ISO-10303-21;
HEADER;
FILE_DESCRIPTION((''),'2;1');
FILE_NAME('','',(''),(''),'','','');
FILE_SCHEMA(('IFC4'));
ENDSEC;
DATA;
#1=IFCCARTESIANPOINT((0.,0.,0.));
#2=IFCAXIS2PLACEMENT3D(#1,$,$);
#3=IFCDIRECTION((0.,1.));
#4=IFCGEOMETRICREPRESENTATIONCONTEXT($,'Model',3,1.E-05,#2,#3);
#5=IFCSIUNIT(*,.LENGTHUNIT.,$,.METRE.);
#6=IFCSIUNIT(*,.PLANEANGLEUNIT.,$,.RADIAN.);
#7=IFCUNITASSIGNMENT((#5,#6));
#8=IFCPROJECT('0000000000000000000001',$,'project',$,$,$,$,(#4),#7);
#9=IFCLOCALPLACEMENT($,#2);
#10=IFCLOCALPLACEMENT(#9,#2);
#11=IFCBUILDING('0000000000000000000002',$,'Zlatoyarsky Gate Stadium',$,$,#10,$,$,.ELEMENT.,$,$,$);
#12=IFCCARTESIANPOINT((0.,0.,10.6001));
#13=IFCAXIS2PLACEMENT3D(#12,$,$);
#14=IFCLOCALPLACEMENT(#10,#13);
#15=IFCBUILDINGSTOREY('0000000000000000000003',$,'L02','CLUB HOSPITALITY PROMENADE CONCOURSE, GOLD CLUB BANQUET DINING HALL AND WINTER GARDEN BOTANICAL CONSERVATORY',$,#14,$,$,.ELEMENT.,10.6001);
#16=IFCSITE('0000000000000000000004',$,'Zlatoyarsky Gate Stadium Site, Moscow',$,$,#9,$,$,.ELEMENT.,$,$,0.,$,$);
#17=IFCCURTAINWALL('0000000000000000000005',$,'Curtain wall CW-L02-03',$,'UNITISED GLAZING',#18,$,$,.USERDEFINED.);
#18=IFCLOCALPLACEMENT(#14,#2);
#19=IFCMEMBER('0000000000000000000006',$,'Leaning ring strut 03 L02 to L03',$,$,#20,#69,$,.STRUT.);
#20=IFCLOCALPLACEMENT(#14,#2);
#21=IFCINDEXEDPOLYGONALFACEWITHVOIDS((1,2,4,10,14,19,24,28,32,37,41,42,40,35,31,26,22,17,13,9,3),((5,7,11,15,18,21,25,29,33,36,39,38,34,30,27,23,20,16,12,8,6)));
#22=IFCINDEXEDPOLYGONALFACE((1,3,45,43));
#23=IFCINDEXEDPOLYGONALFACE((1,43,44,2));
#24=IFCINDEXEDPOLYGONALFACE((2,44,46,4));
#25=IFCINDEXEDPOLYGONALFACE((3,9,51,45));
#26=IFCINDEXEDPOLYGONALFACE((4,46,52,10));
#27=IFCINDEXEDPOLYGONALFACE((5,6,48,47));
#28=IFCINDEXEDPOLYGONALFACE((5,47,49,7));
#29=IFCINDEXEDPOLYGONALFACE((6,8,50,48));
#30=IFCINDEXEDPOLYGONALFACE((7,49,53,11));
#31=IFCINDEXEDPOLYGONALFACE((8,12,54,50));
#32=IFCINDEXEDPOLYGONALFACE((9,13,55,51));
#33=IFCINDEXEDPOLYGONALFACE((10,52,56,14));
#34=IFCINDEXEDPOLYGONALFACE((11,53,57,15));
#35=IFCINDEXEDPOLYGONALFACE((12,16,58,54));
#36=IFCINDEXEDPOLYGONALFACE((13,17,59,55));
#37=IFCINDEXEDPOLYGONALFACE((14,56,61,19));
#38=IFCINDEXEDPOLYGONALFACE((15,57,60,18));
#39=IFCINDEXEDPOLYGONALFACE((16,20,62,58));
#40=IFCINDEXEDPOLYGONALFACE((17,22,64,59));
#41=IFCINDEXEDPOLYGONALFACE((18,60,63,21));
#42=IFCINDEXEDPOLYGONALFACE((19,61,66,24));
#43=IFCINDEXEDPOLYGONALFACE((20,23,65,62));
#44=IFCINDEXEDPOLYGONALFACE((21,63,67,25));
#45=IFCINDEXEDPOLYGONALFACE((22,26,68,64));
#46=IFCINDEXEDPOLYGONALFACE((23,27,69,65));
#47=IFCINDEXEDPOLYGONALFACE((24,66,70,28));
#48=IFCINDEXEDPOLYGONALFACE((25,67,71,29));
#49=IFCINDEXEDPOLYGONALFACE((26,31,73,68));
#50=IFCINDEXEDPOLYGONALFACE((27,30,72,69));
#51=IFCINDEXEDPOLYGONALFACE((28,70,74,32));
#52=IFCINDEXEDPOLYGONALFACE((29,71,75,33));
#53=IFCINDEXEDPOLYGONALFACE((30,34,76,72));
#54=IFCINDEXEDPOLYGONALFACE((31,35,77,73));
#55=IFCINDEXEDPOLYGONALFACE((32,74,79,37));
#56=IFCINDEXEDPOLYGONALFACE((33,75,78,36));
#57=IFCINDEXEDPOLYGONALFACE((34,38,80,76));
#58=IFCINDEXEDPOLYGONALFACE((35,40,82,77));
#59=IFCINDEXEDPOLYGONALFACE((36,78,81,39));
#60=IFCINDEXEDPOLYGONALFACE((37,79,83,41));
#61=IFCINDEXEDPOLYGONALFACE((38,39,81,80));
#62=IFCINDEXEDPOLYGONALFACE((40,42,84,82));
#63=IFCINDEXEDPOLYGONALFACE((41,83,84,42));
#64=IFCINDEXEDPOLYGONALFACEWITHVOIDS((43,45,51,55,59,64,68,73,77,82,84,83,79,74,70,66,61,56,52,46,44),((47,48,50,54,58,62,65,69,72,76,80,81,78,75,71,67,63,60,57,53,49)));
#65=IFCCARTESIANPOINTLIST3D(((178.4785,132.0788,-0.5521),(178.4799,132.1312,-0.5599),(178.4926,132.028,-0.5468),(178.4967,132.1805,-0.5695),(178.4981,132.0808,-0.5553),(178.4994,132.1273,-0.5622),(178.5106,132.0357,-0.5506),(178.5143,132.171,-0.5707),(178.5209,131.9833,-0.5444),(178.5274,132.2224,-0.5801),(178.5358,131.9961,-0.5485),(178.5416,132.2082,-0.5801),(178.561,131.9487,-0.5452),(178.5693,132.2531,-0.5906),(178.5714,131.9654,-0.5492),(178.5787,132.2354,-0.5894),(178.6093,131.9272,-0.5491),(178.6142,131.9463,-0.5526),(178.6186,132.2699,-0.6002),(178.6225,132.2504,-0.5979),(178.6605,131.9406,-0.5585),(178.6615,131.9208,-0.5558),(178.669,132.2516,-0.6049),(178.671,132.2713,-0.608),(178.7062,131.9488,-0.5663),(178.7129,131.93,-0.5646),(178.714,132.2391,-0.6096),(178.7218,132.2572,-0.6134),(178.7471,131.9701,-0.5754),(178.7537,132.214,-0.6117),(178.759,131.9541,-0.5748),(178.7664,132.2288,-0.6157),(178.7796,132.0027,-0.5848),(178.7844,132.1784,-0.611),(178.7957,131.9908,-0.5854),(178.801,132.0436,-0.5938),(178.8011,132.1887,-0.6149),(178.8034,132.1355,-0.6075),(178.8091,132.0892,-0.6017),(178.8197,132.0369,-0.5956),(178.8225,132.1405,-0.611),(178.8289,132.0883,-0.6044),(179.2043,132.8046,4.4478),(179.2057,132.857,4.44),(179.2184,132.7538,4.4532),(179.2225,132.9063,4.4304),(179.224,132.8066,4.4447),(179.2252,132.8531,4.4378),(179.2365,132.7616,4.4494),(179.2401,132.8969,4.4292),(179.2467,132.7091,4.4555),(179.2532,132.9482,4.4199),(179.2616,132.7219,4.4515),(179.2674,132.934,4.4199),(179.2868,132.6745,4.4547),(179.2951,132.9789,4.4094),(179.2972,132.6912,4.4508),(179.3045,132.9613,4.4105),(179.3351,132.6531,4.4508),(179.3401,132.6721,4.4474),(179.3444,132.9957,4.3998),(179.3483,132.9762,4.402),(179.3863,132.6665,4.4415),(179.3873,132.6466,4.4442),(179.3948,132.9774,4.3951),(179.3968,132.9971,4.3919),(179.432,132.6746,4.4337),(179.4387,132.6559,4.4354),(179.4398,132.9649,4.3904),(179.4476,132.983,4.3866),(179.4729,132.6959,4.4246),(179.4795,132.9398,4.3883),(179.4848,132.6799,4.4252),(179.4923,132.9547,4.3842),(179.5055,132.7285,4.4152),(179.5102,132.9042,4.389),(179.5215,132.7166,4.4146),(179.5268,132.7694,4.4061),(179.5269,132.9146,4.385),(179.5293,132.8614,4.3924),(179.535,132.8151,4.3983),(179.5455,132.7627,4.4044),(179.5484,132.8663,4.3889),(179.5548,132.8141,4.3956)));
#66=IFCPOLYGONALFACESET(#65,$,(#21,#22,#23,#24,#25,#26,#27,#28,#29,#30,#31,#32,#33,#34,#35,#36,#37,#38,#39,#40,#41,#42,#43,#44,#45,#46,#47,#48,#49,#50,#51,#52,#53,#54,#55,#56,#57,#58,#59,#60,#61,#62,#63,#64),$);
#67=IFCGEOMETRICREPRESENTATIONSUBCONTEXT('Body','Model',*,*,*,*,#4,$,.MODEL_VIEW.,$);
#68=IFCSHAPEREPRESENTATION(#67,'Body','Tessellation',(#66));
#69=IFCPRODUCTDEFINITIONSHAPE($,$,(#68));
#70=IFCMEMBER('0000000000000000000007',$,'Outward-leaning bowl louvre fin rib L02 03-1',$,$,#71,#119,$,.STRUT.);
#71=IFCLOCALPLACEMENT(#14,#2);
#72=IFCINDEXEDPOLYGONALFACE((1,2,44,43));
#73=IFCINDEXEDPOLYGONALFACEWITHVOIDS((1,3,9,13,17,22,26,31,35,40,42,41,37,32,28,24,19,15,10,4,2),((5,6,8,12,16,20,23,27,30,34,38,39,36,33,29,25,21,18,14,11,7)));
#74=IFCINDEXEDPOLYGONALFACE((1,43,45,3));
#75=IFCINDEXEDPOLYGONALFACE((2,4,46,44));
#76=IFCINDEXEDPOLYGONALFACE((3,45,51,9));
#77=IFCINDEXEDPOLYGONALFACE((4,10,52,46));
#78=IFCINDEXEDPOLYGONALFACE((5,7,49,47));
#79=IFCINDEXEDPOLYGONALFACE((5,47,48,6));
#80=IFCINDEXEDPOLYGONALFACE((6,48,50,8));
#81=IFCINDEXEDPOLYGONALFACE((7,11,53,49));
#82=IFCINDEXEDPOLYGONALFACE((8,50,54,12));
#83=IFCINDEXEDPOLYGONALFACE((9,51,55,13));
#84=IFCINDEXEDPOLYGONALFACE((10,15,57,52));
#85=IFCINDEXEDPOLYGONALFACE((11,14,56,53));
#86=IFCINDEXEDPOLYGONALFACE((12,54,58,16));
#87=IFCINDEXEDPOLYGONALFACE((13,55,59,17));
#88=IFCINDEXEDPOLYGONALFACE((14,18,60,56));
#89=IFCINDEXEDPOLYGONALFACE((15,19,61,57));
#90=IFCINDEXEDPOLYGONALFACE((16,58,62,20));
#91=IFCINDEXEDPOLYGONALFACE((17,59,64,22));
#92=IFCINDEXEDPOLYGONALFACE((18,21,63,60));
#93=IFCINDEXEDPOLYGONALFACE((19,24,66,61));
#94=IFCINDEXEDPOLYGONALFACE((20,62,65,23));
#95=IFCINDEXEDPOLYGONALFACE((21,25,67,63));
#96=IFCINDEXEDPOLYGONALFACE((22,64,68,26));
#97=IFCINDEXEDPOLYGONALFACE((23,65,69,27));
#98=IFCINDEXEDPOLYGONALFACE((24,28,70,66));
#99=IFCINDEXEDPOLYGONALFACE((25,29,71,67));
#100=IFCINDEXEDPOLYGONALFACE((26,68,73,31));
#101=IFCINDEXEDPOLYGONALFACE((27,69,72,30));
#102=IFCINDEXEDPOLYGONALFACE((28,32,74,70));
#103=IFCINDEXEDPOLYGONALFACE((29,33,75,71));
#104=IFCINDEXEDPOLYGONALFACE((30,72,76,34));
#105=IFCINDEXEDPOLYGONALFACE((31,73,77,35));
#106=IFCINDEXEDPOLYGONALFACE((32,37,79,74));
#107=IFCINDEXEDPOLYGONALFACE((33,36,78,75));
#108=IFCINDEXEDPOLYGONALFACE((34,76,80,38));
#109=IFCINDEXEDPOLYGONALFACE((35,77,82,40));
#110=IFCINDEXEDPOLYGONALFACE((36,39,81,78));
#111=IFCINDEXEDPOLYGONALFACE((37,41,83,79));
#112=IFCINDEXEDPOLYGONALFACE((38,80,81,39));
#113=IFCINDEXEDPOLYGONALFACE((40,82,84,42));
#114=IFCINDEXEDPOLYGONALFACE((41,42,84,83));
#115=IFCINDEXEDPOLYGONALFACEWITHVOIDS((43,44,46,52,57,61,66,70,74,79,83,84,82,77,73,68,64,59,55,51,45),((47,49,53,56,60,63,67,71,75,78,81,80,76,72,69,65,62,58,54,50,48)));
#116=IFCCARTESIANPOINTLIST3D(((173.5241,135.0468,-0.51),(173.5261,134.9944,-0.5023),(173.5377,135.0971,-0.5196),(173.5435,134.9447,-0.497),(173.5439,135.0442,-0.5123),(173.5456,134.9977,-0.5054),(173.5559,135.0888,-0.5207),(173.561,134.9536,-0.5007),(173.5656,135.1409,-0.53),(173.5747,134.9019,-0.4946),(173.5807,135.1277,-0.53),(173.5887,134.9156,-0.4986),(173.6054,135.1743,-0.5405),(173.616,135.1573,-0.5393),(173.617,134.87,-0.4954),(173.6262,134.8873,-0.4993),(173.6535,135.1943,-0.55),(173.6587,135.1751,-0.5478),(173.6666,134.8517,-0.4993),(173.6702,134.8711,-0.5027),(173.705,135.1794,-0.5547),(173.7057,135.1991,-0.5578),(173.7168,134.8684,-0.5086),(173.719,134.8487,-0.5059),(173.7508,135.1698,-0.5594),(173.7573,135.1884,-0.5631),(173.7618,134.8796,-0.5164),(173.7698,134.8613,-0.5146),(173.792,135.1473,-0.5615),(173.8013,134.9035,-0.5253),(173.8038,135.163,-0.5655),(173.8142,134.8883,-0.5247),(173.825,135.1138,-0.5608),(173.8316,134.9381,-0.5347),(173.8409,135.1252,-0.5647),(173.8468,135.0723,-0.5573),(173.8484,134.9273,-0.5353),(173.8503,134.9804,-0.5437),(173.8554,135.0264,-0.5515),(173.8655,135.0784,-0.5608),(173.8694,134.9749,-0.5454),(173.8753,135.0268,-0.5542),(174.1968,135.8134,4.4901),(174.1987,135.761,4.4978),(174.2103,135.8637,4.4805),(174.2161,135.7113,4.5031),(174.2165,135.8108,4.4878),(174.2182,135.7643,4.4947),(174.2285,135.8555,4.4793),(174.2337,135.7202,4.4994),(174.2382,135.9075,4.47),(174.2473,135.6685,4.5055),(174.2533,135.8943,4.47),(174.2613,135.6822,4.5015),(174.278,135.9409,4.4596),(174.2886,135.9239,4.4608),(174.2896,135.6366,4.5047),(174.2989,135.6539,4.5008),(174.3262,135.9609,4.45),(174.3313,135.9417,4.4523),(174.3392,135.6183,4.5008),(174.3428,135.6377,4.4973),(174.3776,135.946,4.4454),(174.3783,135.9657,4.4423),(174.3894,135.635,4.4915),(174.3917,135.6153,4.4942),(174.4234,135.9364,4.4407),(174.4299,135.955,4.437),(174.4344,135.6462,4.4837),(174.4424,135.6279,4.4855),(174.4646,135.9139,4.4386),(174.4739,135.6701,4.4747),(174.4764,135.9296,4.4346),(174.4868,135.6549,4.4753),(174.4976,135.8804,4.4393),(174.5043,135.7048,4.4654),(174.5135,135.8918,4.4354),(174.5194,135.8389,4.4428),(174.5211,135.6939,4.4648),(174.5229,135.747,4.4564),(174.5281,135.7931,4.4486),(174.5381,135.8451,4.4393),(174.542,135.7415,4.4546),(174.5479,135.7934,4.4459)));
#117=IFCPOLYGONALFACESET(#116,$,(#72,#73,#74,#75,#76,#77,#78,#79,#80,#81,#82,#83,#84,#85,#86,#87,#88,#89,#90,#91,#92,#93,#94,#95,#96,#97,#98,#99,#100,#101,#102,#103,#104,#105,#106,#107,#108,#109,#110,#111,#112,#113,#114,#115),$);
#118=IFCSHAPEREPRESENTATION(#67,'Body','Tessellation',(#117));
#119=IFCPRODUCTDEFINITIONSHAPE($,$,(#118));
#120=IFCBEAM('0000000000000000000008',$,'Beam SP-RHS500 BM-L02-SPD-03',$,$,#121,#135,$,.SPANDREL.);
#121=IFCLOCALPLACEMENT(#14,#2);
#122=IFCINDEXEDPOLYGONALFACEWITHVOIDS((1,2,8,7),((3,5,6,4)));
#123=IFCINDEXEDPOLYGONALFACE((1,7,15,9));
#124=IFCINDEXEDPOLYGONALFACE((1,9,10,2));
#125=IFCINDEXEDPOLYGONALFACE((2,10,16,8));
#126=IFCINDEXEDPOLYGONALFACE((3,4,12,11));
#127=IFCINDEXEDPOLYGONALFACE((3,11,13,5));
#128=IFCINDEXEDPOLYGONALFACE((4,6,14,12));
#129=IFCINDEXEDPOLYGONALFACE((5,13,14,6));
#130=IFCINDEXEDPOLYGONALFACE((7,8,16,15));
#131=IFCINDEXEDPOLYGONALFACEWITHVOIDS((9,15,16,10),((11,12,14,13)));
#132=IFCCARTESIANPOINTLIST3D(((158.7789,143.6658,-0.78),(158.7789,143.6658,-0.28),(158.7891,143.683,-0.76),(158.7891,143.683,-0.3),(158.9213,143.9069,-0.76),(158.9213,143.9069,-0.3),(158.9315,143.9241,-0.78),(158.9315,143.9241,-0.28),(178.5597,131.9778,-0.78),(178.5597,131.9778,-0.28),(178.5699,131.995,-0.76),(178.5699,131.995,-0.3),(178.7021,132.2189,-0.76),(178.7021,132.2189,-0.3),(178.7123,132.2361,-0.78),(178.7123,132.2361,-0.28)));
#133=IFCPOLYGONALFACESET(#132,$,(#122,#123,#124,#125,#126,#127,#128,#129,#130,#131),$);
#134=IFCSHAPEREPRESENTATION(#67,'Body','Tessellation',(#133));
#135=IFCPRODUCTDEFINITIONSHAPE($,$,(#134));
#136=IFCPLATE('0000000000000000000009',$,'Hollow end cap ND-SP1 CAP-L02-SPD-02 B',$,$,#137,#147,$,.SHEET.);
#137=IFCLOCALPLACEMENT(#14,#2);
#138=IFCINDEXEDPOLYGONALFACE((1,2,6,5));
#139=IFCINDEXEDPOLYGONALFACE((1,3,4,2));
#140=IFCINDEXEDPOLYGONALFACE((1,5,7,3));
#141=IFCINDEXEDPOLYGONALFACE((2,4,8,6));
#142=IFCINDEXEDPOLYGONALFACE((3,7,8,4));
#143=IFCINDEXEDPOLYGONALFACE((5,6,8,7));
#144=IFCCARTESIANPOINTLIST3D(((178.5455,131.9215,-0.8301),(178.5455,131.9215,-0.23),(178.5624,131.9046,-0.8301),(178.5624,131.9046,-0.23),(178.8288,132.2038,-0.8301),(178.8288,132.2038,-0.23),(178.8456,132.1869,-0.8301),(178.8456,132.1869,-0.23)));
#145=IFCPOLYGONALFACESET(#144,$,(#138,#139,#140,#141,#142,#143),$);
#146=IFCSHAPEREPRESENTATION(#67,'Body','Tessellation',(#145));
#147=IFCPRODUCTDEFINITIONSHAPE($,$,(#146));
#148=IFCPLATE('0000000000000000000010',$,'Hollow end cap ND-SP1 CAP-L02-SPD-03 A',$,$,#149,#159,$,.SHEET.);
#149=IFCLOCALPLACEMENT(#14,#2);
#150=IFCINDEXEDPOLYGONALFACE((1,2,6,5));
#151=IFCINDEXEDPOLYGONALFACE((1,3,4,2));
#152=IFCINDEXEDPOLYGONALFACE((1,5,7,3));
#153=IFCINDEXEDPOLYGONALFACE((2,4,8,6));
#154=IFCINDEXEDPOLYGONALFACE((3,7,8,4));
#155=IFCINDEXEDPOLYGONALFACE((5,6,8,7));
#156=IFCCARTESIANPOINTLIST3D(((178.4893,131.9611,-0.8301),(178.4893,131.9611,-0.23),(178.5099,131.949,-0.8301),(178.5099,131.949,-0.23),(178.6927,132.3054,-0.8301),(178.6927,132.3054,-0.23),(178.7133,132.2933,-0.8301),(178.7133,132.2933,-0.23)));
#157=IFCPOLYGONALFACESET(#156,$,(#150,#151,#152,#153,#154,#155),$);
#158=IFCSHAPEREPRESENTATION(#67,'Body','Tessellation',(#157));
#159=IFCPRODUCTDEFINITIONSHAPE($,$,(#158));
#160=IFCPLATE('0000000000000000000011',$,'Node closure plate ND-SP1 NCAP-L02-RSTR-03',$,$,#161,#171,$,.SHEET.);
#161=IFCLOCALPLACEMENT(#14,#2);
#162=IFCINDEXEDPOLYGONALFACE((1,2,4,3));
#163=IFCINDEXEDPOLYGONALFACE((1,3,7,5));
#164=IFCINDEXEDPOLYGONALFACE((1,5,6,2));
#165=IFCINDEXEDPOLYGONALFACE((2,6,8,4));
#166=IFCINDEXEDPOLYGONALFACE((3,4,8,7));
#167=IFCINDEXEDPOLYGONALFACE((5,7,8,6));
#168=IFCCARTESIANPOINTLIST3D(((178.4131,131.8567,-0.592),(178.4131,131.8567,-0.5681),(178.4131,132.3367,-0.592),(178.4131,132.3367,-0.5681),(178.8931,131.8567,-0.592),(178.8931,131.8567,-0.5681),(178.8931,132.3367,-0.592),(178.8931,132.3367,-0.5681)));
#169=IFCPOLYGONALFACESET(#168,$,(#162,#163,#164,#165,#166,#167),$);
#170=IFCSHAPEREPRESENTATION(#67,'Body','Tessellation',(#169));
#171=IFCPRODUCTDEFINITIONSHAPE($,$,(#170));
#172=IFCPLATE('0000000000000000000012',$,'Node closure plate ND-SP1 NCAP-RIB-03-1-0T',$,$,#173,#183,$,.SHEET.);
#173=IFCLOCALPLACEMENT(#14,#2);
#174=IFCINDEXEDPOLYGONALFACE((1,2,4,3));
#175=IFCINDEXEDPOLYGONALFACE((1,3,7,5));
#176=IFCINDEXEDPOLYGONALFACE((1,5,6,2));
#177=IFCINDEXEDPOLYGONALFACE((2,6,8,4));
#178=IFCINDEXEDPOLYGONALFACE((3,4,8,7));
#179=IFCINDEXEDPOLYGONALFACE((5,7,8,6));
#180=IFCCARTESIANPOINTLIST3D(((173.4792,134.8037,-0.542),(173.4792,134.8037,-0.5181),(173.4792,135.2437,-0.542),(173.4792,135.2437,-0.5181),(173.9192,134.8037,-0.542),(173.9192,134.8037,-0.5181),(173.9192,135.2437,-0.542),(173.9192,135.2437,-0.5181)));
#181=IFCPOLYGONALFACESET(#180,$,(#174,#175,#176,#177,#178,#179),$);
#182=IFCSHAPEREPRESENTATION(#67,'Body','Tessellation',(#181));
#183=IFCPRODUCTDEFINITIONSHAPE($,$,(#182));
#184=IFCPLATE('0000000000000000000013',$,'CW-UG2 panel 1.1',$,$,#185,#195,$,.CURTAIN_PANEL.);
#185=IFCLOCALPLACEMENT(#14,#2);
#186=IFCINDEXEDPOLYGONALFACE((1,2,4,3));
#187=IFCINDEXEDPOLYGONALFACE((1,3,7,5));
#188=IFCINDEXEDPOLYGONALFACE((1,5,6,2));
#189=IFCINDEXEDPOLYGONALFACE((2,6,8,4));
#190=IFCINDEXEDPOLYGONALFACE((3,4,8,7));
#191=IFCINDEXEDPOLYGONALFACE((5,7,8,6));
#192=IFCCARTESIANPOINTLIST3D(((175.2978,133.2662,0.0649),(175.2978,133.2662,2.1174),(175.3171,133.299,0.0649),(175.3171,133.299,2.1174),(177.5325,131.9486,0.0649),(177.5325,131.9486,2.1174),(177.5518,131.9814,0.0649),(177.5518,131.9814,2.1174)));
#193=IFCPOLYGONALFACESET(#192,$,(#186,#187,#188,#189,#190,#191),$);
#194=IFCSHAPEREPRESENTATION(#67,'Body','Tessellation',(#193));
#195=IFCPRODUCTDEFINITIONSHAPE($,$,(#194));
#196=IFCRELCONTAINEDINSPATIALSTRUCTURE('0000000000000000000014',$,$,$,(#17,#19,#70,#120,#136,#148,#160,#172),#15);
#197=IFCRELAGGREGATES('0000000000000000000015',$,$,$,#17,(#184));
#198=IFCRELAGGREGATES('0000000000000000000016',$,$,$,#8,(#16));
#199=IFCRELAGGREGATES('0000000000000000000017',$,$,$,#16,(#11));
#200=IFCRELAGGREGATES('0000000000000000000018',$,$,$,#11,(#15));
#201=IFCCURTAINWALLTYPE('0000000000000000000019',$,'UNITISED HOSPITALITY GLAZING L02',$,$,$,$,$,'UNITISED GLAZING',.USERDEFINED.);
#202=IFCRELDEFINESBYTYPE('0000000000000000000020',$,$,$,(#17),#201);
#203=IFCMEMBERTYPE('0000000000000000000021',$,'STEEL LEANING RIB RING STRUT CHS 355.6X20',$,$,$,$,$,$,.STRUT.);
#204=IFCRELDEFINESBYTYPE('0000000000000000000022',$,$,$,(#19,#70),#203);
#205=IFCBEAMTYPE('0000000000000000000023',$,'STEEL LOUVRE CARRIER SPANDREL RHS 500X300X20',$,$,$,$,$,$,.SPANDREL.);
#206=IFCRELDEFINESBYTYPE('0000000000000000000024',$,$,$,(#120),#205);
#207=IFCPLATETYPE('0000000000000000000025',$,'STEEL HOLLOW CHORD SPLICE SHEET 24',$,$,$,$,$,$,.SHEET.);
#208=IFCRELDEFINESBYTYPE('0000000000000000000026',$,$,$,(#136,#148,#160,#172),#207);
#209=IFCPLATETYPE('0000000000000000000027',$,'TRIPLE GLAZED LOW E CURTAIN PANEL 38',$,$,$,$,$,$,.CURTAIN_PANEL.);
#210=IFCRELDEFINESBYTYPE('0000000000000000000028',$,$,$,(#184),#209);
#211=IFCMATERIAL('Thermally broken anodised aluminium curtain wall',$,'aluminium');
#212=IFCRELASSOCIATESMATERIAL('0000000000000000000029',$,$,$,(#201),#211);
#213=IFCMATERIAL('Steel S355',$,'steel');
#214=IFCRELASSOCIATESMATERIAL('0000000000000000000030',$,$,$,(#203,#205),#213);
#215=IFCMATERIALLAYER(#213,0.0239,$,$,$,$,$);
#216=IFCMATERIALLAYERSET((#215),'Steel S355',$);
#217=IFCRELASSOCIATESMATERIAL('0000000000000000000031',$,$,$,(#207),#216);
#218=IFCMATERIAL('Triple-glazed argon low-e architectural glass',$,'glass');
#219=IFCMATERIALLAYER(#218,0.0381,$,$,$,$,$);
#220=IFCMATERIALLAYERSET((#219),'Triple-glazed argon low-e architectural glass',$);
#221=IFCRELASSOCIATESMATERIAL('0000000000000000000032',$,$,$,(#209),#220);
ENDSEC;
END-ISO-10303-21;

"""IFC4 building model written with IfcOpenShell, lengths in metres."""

from ifc_helpers import new_model, si_unit, direction, frame, origin, origin_2d, place, context, subcontext, project, spatial, rectangle, hollow_rectangle, hollow_circle, extrude, material, layer, layer_set, material_profile, profile_set, type_object, element, aggregate, save


model = new_model("IFC4")

# Units and contexts
model_context = context("Model", 3, precision=1e-05, world=origin(), true_north=direction((0.0, 1.0)))
body_context = subcontext(model_context, "Body", "Model", "MODEL_VIEW")
ifc_project = project(units=[si_unit("LENGTHUNIT", "METRE"), si_unit("PLANEANGLEUNIT", "RADIAN")], contexts=[model_context])

# Site, building, storey
site_placement = place(None, origin())
site = spatial("IfcSite", under=ifc_project, at=site_placement, Name="Zlatoyarsky Gate Stadium Site, Moscow", CompositionType="ELEMENT", RefElevation=0.0)
building_placement = place(site_placement, origin())
building = spatial("IfcBuilding", under=site, at=building_placement, Name="Zlatoyarsky Gate Stadium", CompositionType="ELEMENT")
storey_placement = place(building_placement, frame((0.0, 0.0, 10.6001)))
storey = spatial("IfcBuildingStorey", under=building, at=storey_placement, Name="L02", Description="CLUB HOSPITALITY PROMENADE CONCOURSE, GOLD CLUB BANQUET DINING HALL AND WINTER GARDEN BOTANICAL CONSERVATORY", CompositionType="ELEMENT", Elevation=10.6001)

# Curtain wall
ifc_material_1 = material(Name="Thermally broken anodised aluminium curtain wall", Category="aluminium")
curtain_wall_type = type_object("IfcCurtainWallType", Name="UNITISED HOSPITALITY GLAZING L02", ElementType="UNITISED GLAZING", PredefinedType="USERDEFINED", material=ifc_material_1)
curtain_wall_placement = place(storey_placement, origin())
curtain_wall = element("IfcCurtainWall", 1, at=curtain_wall_placement, inside=storey, type_object=curtain_wall_type, Name="Curtain wall CW-L02-03", ObjectType="UNITISED GLAZING", PredefinedType="USERDEFINED")

# Members
ifc_material_2 = material(Name="Steel S355", Category="steel")
ifc_material_profile_1 = material_profile(ifc_material_2, hollow_circle(Radius=0.1777, WallThickness=0.02, at=origin_2d()), Name="CHS 355.6X20")
ifc_profile_set_1 = profile_set([ifc_material_profile_1], Name="Steel S355")
member_type_1 = type_object("IfcMemberType", Name="STEEL LEANING RIB RING STRUT CHS 355.6X20", PredefinedType="STRUT", material=ifc_profile_set_1)
member_1_placement = place(storey_placement, frame((178.6531, 132.0967, -0.5801), z_axis=(0.1422, 0.1422, 0.97957), x_axis=(-0.707107, 0.707107, 0.0)))
element("IfcMember", 2, at=member_1_placement, inside=storey, type_object=member_type_1, Name="Leaning ring strut 03 L02 to L03", PredefinedType="STRUT", context=body_context, shape_type="SweptSolid", body=[
    extrude(hollow_circle(Radius=0.1777, WallThickness=0.02, at=origin_2d()), origin(), (0.0, 0.0, 1.0), 5.1042),
])
member_2_placement = place(storey_placement, frame((173.6992, 135.0237, -0.53), z_axis=(0.131808, 0.150227, 0.979826), x_axis=(-0.751686, 0.659521, 0.0)))
element("IfcMember", 3, at=member_2_placement, inside=storey, type_object=member_type_1, Name="Outward-leaning bowl louvre fin rib L02 03-1", PredefinedType="STRUT", context=body_context, shape_type="SweptSolid", body=[
    extrude(hollow_circle(Radius=0.1777, WallThickness=0.02, at=origin_2d()), origin(), (0.0, 0.0, 1.0), 5.103),
])

# Beam
ifc_material_profile_2 = material_profile(ifc_material_2, hollow_rectangle(XDim=0.3, YDim=0.5, WallThickness=0.02, at=origin_2d()), Name="RHS 500X300X20")
ifc_profile_set_2 = profile_set([ifc_material_profile_2], Name="Steel S355")
beam_type = type_object("IfcBeamType", Name="STEEL LOUVRE CARRIER SPANDREL RHS 500X300X20", PredefinedType="SPANDREL", material=ifc_profile_set_2)
beam_placement = place(storey_placement, frame((178.636, 132.1069, -0.53), z_axis=(-0.860939, 0.508709, 0.0), x_axis=(-0.508709, -0.860939, 0.0)))
element("IfcBeam", 4, at=beam_placement, inside=storey, type_object=beam_type, Name="Beam SP-RHS500 BM-L02-SPD-03", PredefinedType="SPANDREL", context=body_context, shape_type="SweptSolid", body=[
    extrude(hollow_rectangle(XDim=0.3, YDim=0.5, WallThickness=0.02, at=origin_2d()), origin(), (0.0, 0.0, 1.0), 22.9758),
])

# Plates
ifc_layer_1 = layer(ifc_material_2, 0.0239)
ifc_layer_set_1 = layer_set([ifc_layer_1], Name="Steel S355")
plate_type_1 = type_object("IfcPlateType", Name="STEEL HOLLOW CHORD SPLICE SHEET 24", PredefinedType="SHEET", material=ifc_layer_set_1)
for number, where, z_axis, x_axis, name in (
    (5, (178.6956, 132.0542, -0.8301), (0.0, 0.0, 1.0), (-0.70585, 0.708361, 0.0), "Hollow end cap ND-SP1 CAP-L02-SPD-02 B"),
    (6, (178.6013, 132.1272, -0.8301), (0.0, 0.0, 1.0), (-0.860935, 0.508716, 0.0), "Hollow end cap ND-SP1 CAP-L02-SPD-03 A"),
):
    element("IfcPlate", number, at=place(storey_placement, frame(where, z_axis=z_axis, x_axis=x_axis)), inside=storey, type_object=plate_type_1, Name=name, PredefinedType="SHEET", context=body_context, shape_type="SweptSolid", body=[
        extrude(rectangle(XDim=0.0239, YDim=0.3999, at=origin_2d()), origin(), (0.0, 0.0, 1.0), 0.6001),
    ])
plate_1_placement = place(storey_placement, frame((178.6531, 132.0967, -0.592), z_axis=(0.0, 0.0, 1.0), x_axis=(1.0, 0.0, 0.0)))
element("IfcPlate", 7, at=plate_1_placement, inside=storey, type_object=plate_type_1, Name="Node closure plate ND-SP1 NCAP-L02-RSTR-03", PredefinedType="SHEET", context=body_context, shape_type="SweptSolid", body=[
    extrude(rectangle(XDim=0.48, YDim=0.48, at=origin_2d()), origin(), (0.0, 0.0, 1.0), 0.0239),
])
plate_2_placement = place(storey_placement, frame((173.6992, 135.0237, -0.542), z_axis=(0.0, 0.0, 1.0), x_axis=(1.0, 0.0, 0.0)))
element("IfcPlate", 8, at=plate_2_placement, inside=storey, type_object=plate_type_1, Name="Node closure plate ND-SP1 NCAP-RIB-03-1-0T", PredefinedType="SHEET", context=body_context, shape_type="SweptSolid", body=[
    extrude(rectangle(XDim=0.4399, YDim=0.4399, at=origin_2d()), origin(), (0.0, 0.0, 1.0), 0.0239),
])

# Plate
ifc_material_3 = material(Name="Triple-glazed argon low-e architectural glass", Category="glass")
ifc_layer_2 = layer(ifc_material_3, 0.0381)
ifc_layer_set_2 = layer_set([ifc_layer_2], Name="Triple-glazed argon low-e architectural glass")
plate_type_2 = type_object("IfcPlateType", Name="TRIPLE GLAZED LOW E CURTAIN PANEL 38", PredefinedType="CURTAIN_PANEL", material=ifc_layer_set_2)
plate_3_placement = place(storey_placement, frame((176.4248, 132.6238, 0.0649), z_axis=(0.0, 0.0, 1.0), x_axis=(-0.861425, 0.507884, 0.0)))
plate_3 = element("IfcPlate", 9, at=plate_3_placement, type_object=plate_type_2, Name="CW-UG2 panel 1.1", PredefinedType="CURTAIN_PANEL", context=body_context, shape_type="SweptSolid", body=[
    extrude(rectangle(XDim=2.5942, YDim=0.0381, at=origin_2d()), origin(), (0.0, 0.0, 1.0), 2.0525),
])
aggregate(curtain_wall, [plate_3])

save(model, "model.ifc")
